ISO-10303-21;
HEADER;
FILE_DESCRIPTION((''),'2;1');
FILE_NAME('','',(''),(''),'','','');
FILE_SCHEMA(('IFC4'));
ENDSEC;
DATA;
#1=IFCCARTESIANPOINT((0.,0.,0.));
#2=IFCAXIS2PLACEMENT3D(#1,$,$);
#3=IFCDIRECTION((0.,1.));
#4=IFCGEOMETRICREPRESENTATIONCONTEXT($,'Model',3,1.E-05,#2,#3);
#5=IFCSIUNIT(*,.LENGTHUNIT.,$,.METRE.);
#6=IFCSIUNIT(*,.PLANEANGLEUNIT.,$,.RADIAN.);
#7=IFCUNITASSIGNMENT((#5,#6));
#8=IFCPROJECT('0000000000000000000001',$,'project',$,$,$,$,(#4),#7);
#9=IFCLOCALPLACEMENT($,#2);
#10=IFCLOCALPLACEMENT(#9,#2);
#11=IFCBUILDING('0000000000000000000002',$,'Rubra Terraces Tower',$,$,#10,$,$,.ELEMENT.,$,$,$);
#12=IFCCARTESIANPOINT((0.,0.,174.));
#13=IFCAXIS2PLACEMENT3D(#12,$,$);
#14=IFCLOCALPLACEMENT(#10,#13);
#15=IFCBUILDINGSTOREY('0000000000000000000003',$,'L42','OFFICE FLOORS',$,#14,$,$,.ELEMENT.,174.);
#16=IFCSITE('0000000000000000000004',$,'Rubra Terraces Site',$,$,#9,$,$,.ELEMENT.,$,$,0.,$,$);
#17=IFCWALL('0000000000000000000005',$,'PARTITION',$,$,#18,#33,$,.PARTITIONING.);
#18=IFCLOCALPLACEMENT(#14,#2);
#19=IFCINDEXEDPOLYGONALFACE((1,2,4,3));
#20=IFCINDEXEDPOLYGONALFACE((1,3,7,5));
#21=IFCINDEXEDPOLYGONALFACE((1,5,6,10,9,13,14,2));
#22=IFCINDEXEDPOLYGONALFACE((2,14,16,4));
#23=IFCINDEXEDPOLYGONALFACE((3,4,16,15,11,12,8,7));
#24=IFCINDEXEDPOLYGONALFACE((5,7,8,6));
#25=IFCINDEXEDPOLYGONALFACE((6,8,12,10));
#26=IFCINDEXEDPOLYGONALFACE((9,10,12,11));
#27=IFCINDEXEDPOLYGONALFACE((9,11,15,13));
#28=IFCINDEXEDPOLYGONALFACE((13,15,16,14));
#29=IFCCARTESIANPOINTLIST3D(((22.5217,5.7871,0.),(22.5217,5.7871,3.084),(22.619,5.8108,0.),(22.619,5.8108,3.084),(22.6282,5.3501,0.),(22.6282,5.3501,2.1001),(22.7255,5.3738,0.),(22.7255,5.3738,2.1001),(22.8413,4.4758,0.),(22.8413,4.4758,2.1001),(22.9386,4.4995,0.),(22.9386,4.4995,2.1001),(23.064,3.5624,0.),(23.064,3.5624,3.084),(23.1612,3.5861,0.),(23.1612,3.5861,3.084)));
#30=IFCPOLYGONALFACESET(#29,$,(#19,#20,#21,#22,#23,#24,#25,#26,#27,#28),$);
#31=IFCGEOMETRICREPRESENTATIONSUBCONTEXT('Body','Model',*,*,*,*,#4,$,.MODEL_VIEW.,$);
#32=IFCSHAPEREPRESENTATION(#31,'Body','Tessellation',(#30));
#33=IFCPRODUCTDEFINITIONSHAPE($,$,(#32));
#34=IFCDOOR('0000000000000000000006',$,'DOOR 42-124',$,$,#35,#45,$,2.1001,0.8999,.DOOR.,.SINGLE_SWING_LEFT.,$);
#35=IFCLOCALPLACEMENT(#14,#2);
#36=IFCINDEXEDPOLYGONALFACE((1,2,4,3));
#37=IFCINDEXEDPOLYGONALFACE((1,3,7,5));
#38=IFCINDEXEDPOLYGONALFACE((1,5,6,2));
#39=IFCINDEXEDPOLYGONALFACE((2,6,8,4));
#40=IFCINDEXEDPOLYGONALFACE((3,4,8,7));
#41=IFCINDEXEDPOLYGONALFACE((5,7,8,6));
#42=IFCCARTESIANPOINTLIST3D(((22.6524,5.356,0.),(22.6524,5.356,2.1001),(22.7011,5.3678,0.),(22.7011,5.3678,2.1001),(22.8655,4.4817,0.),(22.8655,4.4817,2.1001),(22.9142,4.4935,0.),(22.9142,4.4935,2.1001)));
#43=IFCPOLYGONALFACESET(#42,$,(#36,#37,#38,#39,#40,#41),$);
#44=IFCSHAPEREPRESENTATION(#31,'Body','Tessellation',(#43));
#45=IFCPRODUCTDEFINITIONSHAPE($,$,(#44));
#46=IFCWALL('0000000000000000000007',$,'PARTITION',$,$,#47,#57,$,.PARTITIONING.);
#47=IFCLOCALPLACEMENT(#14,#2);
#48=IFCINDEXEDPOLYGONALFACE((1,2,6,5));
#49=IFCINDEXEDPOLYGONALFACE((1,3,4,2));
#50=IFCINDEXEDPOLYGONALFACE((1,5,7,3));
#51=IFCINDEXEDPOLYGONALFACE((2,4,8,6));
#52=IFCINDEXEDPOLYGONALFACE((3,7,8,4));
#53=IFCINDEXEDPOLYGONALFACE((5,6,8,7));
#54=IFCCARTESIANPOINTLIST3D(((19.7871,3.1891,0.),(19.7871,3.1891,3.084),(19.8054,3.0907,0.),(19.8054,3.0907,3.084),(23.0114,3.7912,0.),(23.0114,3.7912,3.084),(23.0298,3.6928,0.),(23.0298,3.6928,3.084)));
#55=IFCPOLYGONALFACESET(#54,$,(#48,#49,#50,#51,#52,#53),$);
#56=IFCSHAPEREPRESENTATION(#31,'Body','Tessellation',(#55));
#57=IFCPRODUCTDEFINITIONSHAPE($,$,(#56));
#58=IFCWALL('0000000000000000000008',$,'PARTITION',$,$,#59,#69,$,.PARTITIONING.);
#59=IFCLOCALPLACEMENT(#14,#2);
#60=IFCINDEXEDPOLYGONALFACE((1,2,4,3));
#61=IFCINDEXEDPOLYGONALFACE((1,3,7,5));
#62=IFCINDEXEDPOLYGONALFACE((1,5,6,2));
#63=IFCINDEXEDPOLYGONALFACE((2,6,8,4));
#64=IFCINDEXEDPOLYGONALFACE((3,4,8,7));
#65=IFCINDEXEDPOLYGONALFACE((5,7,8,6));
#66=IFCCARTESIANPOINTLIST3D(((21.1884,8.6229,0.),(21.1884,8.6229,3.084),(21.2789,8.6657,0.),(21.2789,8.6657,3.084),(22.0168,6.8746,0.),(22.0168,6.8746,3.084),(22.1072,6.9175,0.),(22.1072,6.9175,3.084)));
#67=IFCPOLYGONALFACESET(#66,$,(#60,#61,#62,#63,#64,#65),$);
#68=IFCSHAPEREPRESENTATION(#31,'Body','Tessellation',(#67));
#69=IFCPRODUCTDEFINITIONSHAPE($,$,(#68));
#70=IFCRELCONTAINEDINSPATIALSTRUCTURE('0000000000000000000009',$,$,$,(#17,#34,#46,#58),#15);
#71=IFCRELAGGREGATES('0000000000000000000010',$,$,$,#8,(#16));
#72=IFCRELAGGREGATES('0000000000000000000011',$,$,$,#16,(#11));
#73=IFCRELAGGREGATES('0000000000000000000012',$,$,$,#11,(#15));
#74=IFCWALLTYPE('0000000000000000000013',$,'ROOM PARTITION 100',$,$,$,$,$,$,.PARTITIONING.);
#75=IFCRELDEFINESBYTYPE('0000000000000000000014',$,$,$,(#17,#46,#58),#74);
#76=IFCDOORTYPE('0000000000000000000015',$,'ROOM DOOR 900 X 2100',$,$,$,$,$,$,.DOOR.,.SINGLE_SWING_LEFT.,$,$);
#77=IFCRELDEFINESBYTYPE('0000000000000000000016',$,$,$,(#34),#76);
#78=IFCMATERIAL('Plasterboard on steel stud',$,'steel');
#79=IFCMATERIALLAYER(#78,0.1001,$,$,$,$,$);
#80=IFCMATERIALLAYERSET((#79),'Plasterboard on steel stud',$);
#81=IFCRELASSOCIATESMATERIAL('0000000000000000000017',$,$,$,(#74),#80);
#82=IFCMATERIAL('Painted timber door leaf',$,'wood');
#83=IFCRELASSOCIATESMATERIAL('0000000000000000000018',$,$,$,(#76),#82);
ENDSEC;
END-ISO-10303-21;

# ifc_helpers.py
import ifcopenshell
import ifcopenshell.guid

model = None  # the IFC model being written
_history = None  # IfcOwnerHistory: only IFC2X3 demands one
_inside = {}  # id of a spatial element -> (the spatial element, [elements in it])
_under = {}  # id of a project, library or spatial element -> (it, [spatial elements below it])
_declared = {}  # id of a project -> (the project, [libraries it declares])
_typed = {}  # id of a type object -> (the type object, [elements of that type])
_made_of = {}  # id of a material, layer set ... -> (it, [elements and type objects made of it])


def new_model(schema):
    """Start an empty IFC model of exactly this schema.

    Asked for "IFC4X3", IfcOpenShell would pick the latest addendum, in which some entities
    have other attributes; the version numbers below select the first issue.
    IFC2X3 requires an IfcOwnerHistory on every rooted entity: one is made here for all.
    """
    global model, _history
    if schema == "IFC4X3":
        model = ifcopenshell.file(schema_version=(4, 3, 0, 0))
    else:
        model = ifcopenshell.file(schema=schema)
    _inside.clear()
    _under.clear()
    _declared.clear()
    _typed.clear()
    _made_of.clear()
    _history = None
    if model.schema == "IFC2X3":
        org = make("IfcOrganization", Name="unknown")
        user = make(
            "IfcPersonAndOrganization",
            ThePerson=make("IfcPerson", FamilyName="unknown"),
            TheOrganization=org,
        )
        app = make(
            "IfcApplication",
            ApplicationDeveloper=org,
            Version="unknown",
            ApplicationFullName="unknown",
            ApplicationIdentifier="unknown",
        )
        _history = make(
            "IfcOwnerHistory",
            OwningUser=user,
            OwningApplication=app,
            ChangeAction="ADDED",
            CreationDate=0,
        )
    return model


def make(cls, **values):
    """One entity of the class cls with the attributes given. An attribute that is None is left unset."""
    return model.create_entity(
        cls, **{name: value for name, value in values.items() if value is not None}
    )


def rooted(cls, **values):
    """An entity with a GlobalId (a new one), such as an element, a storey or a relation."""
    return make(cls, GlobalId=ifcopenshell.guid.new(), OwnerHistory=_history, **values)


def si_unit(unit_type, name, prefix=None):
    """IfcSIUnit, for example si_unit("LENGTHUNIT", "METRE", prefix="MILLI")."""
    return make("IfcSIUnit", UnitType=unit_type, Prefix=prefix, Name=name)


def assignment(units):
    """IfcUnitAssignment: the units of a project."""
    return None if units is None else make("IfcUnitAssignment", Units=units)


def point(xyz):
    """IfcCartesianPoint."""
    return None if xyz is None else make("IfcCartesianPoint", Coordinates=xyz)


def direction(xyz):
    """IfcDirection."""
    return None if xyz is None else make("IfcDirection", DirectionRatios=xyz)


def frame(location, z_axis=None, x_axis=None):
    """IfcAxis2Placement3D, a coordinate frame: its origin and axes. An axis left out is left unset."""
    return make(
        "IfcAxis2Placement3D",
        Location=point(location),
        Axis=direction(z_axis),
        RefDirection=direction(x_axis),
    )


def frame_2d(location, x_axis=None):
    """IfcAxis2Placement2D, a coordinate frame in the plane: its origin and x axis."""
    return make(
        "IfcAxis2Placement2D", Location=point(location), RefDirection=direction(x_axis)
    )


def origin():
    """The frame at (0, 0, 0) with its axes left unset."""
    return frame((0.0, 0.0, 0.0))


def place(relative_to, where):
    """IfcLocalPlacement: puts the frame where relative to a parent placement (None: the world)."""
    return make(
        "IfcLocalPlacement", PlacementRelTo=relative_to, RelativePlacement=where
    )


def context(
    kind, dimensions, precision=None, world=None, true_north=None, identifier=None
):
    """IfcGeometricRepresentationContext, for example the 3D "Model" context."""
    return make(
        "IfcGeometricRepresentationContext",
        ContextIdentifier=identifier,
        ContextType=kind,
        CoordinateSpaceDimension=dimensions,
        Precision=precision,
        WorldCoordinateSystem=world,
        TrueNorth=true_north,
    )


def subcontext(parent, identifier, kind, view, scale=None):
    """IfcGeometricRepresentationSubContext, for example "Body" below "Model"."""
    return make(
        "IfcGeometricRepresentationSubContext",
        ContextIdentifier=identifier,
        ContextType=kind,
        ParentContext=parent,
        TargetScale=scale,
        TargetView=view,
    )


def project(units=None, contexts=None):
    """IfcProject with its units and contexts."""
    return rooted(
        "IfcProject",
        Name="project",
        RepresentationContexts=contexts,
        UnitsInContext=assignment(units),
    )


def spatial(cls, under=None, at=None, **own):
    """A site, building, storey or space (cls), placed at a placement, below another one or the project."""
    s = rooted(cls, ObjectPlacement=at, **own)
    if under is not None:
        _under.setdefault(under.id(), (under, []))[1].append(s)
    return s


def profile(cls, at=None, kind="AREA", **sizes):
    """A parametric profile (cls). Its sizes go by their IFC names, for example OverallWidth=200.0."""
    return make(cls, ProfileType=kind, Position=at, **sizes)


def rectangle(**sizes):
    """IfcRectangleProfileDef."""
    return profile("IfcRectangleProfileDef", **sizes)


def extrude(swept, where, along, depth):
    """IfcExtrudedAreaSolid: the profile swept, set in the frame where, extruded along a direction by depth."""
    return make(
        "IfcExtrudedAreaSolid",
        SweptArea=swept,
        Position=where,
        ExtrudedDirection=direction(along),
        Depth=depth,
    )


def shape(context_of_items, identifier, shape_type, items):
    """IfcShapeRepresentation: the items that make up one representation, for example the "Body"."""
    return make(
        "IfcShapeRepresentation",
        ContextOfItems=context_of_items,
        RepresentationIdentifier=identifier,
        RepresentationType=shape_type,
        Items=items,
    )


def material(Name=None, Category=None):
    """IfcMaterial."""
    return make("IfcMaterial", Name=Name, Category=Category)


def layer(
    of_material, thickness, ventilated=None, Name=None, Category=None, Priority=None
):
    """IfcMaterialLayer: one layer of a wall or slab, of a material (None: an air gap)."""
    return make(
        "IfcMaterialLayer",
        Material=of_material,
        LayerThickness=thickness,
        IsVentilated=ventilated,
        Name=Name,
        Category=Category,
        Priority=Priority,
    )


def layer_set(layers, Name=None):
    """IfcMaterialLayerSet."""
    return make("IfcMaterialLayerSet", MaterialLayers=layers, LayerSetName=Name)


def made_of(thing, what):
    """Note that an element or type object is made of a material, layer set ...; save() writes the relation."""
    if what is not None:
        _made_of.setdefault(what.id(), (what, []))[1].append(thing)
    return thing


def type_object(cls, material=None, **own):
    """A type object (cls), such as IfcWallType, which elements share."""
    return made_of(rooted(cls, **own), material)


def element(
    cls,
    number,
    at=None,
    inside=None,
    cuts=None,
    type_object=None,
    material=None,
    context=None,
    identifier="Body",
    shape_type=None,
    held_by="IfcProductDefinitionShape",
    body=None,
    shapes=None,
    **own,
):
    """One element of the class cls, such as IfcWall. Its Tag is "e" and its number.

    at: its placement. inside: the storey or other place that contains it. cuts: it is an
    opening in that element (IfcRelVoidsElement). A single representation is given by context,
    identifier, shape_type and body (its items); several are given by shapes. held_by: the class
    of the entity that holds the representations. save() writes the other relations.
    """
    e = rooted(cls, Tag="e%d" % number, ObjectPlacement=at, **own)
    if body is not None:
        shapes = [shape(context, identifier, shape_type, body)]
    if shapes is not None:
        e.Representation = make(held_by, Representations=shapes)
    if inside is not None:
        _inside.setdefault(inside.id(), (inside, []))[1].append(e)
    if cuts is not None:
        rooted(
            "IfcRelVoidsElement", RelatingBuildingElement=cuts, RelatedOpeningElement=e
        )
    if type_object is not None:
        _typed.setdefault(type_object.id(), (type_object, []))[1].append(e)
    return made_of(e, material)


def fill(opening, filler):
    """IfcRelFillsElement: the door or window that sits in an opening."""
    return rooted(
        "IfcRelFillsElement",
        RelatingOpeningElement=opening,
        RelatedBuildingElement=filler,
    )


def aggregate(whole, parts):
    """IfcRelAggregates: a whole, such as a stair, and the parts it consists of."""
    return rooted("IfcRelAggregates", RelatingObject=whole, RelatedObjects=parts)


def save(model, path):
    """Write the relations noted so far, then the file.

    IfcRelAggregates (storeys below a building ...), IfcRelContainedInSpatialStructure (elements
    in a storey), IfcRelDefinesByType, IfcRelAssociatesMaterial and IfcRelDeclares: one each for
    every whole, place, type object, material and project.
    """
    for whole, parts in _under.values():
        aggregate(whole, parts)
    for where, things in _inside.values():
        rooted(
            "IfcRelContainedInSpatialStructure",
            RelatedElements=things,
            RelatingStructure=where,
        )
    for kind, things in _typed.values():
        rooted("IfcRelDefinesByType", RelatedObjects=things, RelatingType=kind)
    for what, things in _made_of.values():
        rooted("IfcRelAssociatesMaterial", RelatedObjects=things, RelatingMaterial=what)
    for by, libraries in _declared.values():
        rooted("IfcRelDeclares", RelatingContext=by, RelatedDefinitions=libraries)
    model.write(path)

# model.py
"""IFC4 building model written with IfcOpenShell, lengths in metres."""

from ifc_helpers import new_model, si_unit, direction, frame, frame_2d, origin, place, context, subcontext, project, spatial, rectangle, extrude, material, layer, layer_set, type_object, element, fill, save


model = new_model("IFC4")

# Units and contexts
model_context = context("Model", 3, precision=1e-05, world=origin(), true_north=direction((0.0, 1.0)))
body_context = subcontext(model_context, "Body", "Model", "MODEL_VIEW")
ifc_project = project(units=[si_unit("LENGTHUNIT", "METRE"), si_unit("PLANEANGLEUNIT", "RADIAN")], contexts=[model_context])

# Site, building, storey
site_placement = place(None, origin())
site = spatial("IfcSite", under=ifc_project, at=site_placement, Name="Rubra Terraces Site", CompositionType="ELEMENT", RefElevation=0.0)
building_placement = place(site_placement, origin())
building = spatial("IfcBuilding", under=site, at=building_placement, Name="Rubra Terraces Tower", CompositionType="ELEMENT")
storey_placement = place(building_placement, frame((0.0, 0.0, 174.0)))
storey = spatial("IfcBuildingStorey", under=building, at=storey_placement, Name="L42", Description="OFFICE FLOORS", CompositionType="ELEMENT", Elevation=174.0)

# Shared definitions
ifc_material_1 = material(Name="Painted timber door leaf", Category="wood")

# Shared definitions
ifc_material_2 = material(Name="Plasterboard on steel stud", Category="steel")
ifc_layer_1 = layer(ifc_material_2, 0.1001)
ifc_layer_set_1 = layer_set([ifc_layer_1], Name="Plasterboard on steel stud")
wall_type_1 = type_object("IfcWallType", Name="ROOM PARTITION 100", PredefinedType="PARTITIONING", material=ifc_layer_set_1)

# Wall, opening, door
wall_1_placement = place(storey_placement, frame((22.5703, 5.7991, 0.0), z_axis=(0.0, 0.0, 1.0), x_axis=(0.236811, -0.971556, 0.0)))
wall_1 = element("IfcWall", 1, at=wall_1_placement, inside=storey, type_object=wall_type_1, Name="PARTITION", PredefinedType="PARTITIONING", context=body_context, shape_type="SweptSolid", body=[
    extrude(rectangle(XDim=2.2898, YDim=0.1001, at=frame_2d((1.145, 0.0))), origin(), (0.0, 0.0, 1.0), 3.084),
])
opening_1_placement = place(wall_1_placement, frame((0.45, 0.0, 0.0)))
opening_1 = element("IfcOpeningElement", 2, at=opening_1_placement, cuts=wall_1, PredefinedType="OPENING", context=body_context, shape_type="SweptSolid", body=[
    extrude(rectangle(XDim=0.8999, YDim=2.1001, at=frame_2d((0.45, 1.05))), frame((0.0, 0.0601, 0.0), z_axis=(0.0, -1.0, 0.0), x_axis=(1.0, 0.0, 0.0)), (0.0, 0.0, 1.0), 0.1201),
])
door_type_1 = type_object("IfcDoorType", Name="ROOM DOOR 900 X 2100", OperationType="SINGLE_SWING_LEFT", PredefinedType="DOOR", material=ifc_material_1)
door_1_placement = place(opening_1_placement, origin())
door_1 = element("IfcDoor", 3, at=door_1_placement, inside=storey, type_object=door_type_1, Name="DOOR 42-124", OperationType="SINGLE_SWING_LEFT", OverallHeight=2.1001, OverallWidth=0.8999, PredefinedType="DOOR", context=body_context, shape_type="SweptSolid", body=[
    extrude(rectangle(XDim=0.8999, YDim=2.1001, at=frame_2d((0.45, 1.05))), frame((0.0, 0.0249, 0.0), z_axis=(0.0, -1.0, 0.0), x_axis=(1.0, 0.0, 0.0)), (0.0, 0.0, 1.0), 0.05),
])
fill(opening_1, door_1)

# Walls
wall_2_placement = place(storey_placement, frame((19.7961, 3.1399, 0.0), z_axis=(0.0, 0.0, 1.0), x_axis=(0.983011, 0.183547, 0.0)))
element("IfcWall", 4, at=wall_2_placement, inside=storey, type_object=wall_type_1, Name="PARTITION", PredefinedType="PARTITIONING", context=body_context, shape_type="SweptSolid", body=[
    extrude(rectangle(XDim=3.28, YDim=0.1001, at=frame_2d((1.6401, 0.0))), origin(), (0.0, 0.0, 1.0), 3.084),
])
wall_3_placement = place(storey_placement, frame((21.2336, 8.6443, 0.0), z_axis=(0.0, 0.0, 1.0), x_axis=(0.428184, -0.903692, 0.0)))
element("IfcWall", 5, at=wall_3_placement, inside=storey, type_object=wall_type_1, Name="PARTITION", PredefinedType="PARTITIONING", context=body_context, shape_type="SweptSolid", body=[
    extrude(rectangle(XDim=1.9346, YDim=0.1001, at=frame_2d((0.9673, 0.0))), origin(), (0.0, 0.0, 1.0), 3.084),
])

save(model, "model.ifc")
